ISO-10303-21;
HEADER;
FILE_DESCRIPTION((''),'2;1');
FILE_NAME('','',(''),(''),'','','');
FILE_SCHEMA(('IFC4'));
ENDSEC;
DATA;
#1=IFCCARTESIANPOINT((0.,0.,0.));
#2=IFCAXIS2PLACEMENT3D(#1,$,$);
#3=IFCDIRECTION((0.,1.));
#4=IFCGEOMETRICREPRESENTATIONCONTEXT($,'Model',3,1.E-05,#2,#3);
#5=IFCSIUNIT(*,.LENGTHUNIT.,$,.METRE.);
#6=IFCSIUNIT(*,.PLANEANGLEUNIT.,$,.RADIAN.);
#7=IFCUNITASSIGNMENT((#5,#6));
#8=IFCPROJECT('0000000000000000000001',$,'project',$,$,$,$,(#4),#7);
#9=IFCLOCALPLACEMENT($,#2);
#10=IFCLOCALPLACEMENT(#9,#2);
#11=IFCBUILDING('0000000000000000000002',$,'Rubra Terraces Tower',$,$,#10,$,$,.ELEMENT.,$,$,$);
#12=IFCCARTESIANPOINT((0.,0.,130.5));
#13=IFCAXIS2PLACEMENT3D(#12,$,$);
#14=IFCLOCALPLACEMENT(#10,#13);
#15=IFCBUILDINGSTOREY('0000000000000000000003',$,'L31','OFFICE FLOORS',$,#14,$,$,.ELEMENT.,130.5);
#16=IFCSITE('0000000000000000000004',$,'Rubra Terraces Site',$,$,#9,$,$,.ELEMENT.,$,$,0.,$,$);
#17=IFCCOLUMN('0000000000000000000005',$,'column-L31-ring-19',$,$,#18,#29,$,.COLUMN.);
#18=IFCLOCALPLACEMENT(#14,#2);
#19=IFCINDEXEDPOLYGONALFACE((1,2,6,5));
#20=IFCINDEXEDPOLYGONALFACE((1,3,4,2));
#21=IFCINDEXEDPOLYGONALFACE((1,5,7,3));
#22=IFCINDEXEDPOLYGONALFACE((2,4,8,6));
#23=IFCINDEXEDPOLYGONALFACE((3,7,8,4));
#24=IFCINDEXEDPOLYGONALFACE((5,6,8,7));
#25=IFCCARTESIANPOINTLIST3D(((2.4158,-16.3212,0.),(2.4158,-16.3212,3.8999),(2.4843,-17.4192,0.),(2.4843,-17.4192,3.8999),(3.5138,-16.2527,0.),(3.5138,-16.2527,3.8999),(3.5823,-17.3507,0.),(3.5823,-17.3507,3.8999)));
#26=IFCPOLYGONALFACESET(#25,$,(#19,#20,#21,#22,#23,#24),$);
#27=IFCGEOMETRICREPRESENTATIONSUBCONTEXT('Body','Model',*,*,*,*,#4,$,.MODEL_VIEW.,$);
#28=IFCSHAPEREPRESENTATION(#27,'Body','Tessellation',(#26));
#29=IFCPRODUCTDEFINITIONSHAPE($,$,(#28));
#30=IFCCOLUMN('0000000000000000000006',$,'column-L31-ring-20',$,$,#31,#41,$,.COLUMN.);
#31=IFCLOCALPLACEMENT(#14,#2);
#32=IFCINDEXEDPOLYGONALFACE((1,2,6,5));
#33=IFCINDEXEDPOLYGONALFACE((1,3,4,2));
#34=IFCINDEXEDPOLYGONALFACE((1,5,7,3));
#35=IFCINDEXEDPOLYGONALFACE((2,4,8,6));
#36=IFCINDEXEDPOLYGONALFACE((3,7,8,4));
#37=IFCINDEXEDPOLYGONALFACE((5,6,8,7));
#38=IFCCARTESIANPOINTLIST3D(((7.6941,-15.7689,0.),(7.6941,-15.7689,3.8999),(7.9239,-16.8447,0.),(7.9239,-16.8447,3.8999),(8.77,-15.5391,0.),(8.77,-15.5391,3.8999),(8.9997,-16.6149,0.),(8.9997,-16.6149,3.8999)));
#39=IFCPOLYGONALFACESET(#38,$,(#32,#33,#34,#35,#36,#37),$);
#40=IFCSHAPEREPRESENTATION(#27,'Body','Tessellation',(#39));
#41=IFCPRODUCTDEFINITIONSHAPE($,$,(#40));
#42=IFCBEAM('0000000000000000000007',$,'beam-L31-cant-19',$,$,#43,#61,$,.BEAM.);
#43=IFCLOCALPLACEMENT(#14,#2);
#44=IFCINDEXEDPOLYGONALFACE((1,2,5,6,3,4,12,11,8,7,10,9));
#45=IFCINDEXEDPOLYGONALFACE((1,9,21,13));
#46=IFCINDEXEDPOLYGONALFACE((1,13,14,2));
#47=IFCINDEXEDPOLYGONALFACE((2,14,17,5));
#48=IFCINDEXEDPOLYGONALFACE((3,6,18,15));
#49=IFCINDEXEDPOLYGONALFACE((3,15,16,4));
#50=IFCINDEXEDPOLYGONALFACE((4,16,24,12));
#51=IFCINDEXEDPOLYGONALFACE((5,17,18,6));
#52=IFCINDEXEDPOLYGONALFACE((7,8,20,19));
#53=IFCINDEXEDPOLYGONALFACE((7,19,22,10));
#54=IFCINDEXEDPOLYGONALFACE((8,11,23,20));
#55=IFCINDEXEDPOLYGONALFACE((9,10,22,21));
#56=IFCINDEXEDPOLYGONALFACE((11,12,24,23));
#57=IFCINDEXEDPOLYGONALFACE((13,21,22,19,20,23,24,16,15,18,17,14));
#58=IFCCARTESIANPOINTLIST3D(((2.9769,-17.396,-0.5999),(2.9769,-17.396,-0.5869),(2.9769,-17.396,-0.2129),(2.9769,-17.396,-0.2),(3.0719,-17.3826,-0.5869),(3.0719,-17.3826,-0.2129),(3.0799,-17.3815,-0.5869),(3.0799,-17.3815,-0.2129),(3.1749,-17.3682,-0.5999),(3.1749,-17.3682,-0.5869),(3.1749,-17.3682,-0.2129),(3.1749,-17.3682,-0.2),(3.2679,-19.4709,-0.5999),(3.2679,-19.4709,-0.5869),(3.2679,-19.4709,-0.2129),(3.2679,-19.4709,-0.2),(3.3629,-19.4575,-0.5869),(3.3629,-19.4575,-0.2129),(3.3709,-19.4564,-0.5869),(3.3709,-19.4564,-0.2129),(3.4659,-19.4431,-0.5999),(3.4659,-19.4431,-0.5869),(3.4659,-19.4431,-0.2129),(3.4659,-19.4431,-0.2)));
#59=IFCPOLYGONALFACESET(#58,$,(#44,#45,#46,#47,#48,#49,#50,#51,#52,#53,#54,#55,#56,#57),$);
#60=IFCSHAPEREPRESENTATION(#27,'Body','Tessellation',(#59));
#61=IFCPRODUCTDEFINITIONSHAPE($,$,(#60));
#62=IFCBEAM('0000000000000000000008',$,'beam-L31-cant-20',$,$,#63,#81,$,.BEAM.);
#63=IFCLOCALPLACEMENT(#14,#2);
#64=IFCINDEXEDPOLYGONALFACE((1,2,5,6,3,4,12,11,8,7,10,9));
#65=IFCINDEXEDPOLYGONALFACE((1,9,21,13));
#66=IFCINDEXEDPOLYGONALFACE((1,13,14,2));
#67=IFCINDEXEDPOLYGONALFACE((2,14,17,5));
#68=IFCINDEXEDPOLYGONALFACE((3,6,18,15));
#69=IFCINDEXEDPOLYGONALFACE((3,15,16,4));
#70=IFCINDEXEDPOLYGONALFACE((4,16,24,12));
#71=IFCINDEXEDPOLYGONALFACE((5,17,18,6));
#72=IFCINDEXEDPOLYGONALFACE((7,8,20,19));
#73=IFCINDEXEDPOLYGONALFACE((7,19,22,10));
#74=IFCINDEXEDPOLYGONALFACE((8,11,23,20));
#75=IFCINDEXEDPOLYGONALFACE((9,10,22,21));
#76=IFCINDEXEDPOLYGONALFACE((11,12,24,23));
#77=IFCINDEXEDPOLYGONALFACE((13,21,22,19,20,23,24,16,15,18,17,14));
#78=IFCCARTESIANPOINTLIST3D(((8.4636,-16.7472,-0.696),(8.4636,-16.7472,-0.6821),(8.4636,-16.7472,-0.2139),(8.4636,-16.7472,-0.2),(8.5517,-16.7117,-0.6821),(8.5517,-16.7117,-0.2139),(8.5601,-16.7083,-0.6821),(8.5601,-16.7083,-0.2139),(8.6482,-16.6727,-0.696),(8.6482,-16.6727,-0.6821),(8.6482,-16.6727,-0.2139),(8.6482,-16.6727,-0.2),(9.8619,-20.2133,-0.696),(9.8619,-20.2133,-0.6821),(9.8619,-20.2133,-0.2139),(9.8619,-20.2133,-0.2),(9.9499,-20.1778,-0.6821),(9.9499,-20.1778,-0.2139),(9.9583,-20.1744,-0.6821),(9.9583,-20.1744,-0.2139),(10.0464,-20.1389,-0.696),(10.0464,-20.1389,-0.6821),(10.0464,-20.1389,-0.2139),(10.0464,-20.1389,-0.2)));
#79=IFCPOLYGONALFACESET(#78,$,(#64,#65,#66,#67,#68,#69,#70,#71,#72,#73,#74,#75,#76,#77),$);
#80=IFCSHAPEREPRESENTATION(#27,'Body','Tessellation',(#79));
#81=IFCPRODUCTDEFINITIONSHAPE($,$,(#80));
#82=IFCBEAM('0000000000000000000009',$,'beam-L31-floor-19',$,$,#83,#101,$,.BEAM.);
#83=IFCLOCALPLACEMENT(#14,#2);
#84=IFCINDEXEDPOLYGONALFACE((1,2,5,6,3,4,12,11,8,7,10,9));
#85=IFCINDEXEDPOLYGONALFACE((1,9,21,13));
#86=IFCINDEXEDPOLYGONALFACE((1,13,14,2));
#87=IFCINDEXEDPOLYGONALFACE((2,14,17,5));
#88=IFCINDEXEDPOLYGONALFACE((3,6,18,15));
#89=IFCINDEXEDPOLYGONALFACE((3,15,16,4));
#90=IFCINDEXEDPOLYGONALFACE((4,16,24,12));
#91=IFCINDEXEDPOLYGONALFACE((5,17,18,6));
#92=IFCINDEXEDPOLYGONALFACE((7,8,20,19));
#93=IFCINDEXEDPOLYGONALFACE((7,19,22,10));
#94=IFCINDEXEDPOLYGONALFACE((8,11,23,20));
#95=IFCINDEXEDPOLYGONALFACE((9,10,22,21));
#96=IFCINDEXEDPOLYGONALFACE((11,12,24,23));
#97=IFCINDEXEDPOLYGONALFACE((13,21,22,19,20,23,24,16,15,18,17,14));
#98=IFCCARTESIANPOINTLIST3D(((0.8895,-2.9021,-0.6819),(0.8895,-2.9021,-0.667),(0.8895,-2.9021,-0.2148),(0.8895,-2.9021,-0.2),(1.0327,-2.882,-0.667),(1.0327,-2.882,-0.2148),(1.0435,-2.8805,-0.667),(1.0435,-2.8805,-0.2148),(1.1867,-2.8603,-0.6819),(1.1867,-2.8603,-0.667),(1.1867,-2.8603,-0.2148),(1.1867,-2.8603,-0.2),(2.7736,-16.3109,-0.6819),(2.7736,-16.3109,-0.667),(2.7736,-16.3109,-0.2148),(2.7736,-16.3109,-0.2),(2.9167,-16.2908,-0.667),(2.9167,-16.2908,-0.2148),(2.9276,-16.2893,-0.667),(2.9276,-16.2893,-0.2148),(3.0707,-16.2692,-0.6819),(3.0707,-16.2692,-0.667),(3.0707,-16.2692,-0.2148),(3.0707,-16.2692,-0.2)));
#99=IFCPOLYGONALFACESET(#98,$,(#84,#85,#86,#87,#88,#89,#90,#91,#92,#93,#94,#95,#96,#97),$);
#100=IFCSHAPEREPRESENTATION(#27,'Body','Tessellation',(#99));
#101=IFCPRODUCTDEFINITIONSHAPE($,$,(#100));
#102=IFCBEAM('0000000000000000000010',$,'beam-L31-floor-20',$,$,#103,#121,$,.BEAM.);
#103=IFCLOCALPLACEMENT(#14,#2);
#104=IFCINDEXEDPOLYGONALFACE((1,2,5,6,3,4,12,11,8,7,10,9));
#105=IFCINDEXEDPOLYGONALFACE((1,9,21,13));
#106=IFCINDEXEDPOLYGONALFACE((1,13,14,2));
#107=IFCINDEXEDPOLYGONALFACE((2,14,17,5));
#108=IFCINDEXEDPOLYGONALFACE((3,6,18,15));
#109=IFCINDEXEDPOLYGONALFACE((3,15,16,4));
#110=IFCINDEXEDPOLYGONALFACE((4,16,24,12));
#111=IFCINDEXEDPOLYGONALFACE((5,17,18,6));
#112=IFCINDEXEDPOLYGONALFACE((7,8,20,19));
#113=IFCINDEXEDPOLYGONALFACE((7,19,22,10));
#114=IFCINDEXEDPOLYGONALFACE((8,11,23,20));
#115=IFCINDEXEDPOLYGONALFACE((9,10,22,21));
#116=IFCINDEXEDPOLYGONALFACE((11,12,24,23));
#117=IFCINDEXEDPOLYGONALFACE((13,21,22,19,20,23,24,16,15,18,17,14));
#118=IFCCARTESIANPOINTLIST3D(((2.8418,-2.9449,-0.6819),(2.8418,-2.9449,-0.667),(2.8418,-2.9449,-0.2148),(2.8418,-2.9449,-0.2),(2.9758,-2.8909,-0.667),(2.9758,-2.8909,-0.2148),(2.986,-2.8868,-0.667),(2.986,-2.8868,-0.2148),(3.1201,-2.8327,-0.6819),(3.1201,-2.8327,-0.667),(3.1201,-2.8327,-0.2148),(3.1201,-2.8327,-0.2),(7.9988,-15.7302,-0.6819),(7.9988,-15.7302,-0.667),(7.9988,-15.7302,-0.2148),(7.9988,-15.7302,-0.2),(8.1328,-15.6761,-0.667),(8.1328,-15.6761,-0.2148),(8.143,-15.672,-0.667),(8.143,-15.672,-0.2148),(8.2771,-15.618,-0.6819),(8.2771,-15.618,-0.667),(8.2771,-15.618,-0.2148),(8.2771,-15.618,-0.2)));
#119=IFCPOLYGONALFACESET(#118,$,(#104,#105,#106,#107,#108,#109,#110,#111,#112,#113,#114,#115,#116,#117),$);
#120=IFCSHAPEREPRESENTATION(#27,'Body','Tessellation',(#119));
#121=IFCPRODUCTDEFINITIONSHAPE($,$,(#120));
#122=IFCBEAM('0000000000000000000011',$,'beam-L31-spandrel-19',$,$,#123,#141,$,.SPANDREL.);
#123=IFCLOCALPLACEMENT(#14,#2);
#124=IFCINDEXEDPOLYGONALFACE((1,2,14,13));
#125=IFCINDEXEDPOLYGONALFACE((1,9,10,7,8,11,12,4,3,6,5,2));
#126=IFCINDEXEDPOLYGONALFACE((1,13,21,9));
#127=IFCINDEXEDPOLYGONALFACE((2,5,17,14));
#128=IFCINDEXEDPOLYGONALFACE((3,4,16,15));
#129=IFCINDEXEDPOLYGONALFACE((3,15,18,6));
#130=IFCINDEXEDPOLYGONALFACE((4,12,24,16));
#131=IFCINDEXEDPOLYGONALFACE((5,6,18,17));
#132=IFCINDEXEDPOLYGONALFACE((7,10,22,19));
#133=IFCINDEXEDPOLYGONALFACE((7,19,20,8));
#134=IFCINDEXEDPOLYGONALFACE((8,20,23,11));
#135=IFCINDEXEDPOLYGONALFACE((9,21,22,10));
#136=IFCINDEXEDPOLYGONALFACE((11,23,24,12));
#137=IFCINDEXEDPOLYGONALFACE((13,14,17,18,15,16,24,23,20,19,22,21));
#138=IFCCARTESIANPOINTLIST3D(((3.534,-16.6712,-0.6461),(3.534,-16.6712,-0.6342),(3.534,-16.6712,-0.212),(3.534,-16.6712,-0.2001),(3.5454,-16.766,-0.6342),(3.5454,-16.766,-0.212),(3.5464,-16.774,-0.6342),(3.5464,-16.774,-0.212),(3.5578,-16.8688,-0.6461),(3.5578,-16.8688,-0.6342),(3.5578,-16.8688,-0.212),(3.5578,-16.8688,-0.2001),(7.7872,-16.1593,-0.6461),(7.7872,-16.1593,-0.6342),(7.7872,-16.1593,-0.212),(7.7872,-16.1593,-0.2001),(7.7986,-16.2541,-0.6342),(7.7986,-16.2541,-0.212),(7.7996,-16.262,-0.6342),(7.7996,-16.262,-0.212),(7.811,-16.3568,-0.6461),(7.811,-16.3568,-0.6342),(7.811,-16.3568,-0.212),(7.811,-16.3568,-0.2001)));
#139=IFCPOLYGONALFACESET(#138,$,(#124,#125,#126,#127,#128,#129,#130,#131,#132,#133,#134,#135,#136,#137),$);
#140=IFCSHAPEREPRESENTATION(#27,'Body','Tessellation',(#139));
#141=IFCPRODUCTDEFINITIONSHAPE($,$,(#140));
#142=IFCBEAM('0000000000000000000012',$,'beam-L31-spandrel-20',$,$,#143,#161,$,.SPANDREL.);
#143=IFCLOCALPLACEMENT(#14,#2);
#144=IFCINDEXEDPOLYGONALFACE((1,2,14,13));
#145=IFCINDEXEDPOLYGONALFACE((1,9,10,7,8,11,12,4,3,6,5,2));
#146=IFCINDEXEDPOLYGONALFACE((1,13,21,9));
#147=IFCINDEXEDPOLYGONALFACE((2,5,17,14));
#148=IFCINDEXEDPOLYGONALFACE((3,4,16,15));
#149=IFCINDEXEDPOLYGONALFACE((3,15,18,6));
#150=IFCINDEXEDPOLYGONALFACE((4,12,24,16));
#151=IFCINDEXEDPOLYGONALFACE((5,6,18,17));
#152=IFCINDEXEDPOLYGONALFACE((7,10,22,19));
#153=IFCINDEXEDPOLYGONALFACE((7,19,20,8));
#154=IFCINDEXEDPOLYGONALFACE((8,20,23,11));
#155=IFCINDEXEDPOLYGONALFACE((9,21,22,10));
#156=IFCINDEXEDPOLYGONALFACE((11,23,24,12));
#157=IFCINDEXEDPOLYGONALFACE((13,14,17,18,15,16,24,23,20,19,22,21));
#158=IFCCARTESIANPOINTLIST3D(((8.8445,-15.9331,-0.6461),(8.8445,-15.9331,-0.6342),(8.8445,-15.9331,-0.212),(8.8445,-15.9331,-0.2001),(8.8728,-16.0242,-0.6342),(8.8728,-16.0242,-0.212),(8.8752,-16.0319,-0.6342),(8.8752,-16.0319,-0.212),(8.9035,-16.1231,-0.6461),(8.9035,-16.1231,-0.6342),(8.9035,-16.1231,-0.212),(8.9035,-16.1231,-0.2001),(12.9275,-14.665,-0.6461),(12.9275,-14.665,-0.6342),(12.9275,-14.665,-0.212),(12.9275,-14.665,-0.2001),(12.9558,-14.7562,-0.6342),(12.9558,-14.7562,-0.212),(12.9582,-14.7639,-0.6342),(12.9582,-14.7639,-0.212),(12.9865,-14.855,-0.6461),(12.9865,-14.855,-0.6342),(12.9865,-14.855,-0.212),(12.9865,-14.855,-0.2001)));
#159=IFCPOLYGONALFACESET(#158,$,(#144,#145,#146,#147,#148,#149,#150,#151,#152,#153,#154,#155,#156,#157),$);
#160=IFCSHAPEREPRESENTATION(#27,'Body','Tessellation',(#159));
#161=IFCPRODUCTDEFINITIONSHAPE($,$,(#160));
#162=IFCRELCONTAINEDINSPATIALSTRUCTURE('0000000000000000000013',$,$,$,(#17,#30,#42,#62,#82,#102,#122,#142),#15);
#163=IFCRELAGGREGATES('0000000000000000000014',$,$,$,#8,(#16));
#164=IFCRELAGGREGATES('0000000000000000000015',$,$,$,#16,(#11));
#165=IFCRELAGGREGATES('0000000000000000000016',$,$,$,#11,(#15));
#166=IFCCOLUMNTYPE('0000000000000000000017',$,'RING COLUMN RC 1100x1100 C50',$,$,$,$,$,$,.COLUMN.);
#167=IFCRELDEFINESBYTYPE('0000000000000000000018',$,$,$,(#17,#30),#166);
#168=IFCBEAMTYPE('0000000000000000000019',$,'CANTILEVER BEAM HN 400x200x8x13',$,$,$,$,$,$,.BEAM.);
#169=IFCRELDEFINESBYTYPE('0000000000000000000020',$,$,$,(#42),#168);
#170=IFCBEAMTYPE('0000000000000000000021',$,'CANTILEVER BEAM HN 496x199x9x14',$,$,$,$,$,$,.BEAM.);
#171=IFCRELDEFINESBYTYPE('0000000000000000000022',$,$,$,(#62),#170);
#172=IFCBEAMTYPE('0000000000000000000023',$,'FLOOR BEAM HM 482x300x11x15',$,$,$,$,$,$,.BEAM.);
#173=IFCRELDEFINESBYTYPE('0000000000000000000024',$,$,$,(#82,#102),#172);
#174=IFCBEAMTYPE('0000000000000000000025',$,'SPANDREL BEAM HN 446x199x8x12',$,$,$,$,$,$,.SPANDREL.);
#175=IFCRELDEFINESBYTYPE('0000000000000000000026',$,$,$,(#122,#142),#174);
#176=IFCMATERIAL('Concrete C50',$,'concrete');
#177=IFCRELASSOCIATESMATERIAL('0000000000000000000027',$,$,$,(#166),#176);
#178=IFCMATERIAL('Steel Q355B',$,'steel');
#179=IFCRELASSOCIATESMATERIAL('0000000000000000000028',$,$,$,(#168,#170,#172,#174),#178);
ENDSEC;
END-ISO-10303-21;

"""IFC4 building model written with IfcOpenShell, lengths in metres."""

from ifc_helpers import new_model, si_unit, direction, frame, origin, origin_2d, place, context, subcontext, project, spatial, rectangle, i_section, extrude, material, material_profile, profile_set, type_object, element, save


model = new_model("IFC4")

# Units and contexts
model_context = context("Model", 3, precision=1e-05, world=origin(), true_north=direction((0.0, 1.0)))
body_context = subcontext(model_context, "Body", "Model", "MODEL_VIEW")
ifc_project = project(units=[si_unit("LENGTHUNIT", "METRE"), si_unit("PLANEANGLEUNIT", "RADIAN")], contexts=[model_context])

# Site, building, storey
site_placement = place(None, origin())
site = spatial("IfcSite", under=ifc_project, at=site_placement, Name="Rubra Terraces Site", CompositionType="ELEMENT", RefElevation=0.0)
building_placement = place(site_placement, origin())
building = spatial("IfcBuilding", under=site, at=building_placement, Name="Rubra Terraces Tower", CompositionType="ELEMENT")
storey_placement = place(building_placement, frame((0.0, 0.0, 130.5)))
storey = spatial("IfcBuildingStorey", under=building, at=storey_placement, Name="L31", Description="OFFICE FLOORS", CompositionType="ELEMENT", Elevation=130.5)

# Columns
ifc_material_1 = material(Name="Concrete C50", Category="concrete")
ifc_material_profile_1 = material_profile(ifc_material_1, rectangle(XDim=1.1001, YDim=1.1001, at=origin_2d()), Name="RC 1100x1100")
ifc_profile_set_1 = profile_set([ifc_material_profile_1], Name="Concrete C50")
column_type = type_object("IfcColumnType", Name="RING COLUMN RC 1100x1100 C50", PredefinedType="COLUMN", material=ifc_profile_set_1)
for number, where, z_axis, x_axis, name in (
    (1, (2.999, -16.8359, 0.0), (0.0, 0.0, 1.0), (0.998059, 0.062268, 0.0), "column-L31-ring-19"),
    (2, (8.3469, -16.1919, 0.0), (0.0, 0.0, 1.0), (0.977944, 0.208867, 0.0), "column-L31-ring-20"),
):
    element("IfcColumn", number, at=place(storey_placement, frame(where, z_axis=z_axis, x_axis=x_axis)), inside=storey, type_object=column_type, Name=name, PredefinedType="COLUMN", context=body_context, shape_type="SweptSolid", body=[
        extrude(rectangle(XDim=1.1001, YDim=1.1001, at=origin_2d()), origin(), (0.0, 0.0, 1.0), 3.8999),
    ])

# Beams
ifc_material_2 = material(Name="Steel Q355B", Category="steel")
ifc_material_profile_2 = material_profile(ifc_material_2, i_section(OverallWidth=0.2, OverallDepth=0.3999, WebThickness=0.0081, FlangeThickness=0.0129, at=origin_2d()), Name="HN 400x200x8x13")
ifc_profile_set_2 = profile_set([ifc_material_profile_2], Name="Steel Q355B")
beam_type_1 = type_object("IfcBeamType", Name="CANTILEVER BEAM HN 400x200x8x13", PredefinedType="BEAM", material=ifc_profile_set_2)
beam_1_placement = place(storey_placement, frame((3.0759, -17.3821, -0.3999), z_axis=(0.138892, -0.990307, 0.0), x_axis=(0.990307, 0.138892, 0.0)))
element("IfcBeam", 3, at=beam_1_placement, inside=storey, type_object=beam_type_1, Name="beam-L31-cant-19", PredefinedType="BEAM", context=body_context, shape_type="SweptSolid", body=[
    extrude(i_section(OverallWidth=0.2, OverallDepth=0.3999, WebThickness=0.0081, FlangeThickness=0.0129, at=origin_2d()), origin(), (0.0, 0.0, 1.0), 2.0952),
])
ifc_material_profile_3 = material_profile(ifc_material_2, i_section(OverallWidth=0.199, OverallDepth=0.4961, WebThickness=0.009, FlangeThickness=0.0139, at=origin_2d()), Name="HN 496x199x9x14")
ifc_profile_set_3 = profile_set([ifc_material_profile_3], Name="Steel Q355B")
beam_type_2 = type_object("IfcBeamType", Name="CANTILEVER BEAM HN 496x199x9x14", PredefinedType="BEAM", material=ifc_profile_set_3)
beam_2_placement = place(storey_placement, frame((8.5559, -16.71, -0.448), z_axis=(0.374103, -0.927387, 0.0), x_axis=(0.927387, 0.374103, 0.0)))
element("IfcBeam", 4, at=beam_2_placement, inside=storey, type_object=beam_type_2, Name="beam-L31-cant-20", PredefinedType="BEAM", context=body_context, shape_type="SweptSolid", body=[
    extrude(i_section(OverallWidth=0.199, OverallDepth=0.4961, WebThickness=0.009, FlangeThickness=0.0139, at=origin_2d()), origin(), (0.0, 0.0, 1.0), 3.7375),
])
ifc_material_profile_4 = material_profile(ifc_material_2, i_section(OverallWidth=0.3, OverallDepth=0.4819, WebThickness=0.011, FlangeThickness=0.0149, at=origin_2d()), Name="HM 482x300x11x15")
ifc_profile_set_4 = profile_set([ifc_material_profile_4], Name="Steel Q355B")
beam_type_3 = type_object("IfcBeamType", Name="FLOOR BEAM HM 482x300x11x15", PredefinedType="BEAM", material=ifc_profile_set_4)
beam_3_placement = place(storey_placement, frame((2.9221, -16.29, -0.4409), z_axis=(-0.139139, 0.990273, 0.0), x_axis=(-0.990273, -0.139139, 0.0)))
element("IfcBeam", 5, at=beam_3_placement, inside=storey, type_object=beam_type_3, Name="beam-L31-floor-19", PredefinedType="BEAM", context=body_context, shape_type="SweptSolid", body=[
    extrude(i_section(OverallWidth=0.3, OverallDepth=0.4819, WebThickness=0.011, FlangeThickness=0.0149, at=origin_2d()), origin(), (0.0, 0.0, 1.0), 13.5405),
])
beam_4_placement = place(storey_placement, frame((8.1379, -15.6741, -0.4409), z_axis=(-0.374073, 0.927399, 0.0), x_axis=(-0.927399, -0.374073, 0.0)))
element("IfcBeam", 6, at=beam_4_placement, inside=storey, type_object=beam_type_3, Name="beam-L31-floor-20", PredefinedType="BEAM", context=body_context, shape_type="SweptSolid", body=[
    extrude(i_section(OverallWidth=0.3, OverallDepth=0.4819, WebThickness=0.011, FlangeThickness=0.0149, at=origin_2d()), origin(), (0.0, 0.0, 1.0), 13.7861),
])
ifc_material_profile_5 = material_profile(ifc_material_2, i_section(OverallWidth=0.199, OverallDepth=0.446, WebThickness=0.0081, FlangeThickness=0.012, at=origin_2d()), Name="HN 446x199x8x12")
ifc_profile_set_5 = profile_set([ifc_material_profile_5], Name="Steel Q355B")
beam_type_4 = type_object("IfcBeamType", Name="SPANDREL BEAM HN 446x199x8x12", PredefinedType="SPANDREL", material=ifc_profile_set_5)
beam_5_placement = place(storey_placement, frame((3.5459, -16.77, -0.4231), z_axis=(0.992833, 0.119509, 0.0), x_axis=(-0.119509, 0.992833, 0.0)))
element("IfcBeam", 7, at=beam_5_placement, inside=storey, type_object=beam_type_4, Name="beam-L31-spandrel-19", PredefinedType="SPANDREL", context=body_context, shape_type="SweptSolid", body=[
    extrude(i_section(OverallWidth=0.199, OverallDepth=0.446, WebThickness=0.0081, FlangeThickness=0.012, at=origin_2d()), origin(), (0.0, 0.0, 1.0), 4.2839),
])
beam_6_placement = place(storey_placement, frame((8.874, -16.0281, -0.4231), z_axis=(0.955003, 0.296597, 0.0), x_axis=(-0.296597, 0.955003, 0.0)))
element("IfcBeam", 8, at=beam_6_placement, inside=storey, type_object=beam_type_4, Name="beam-L31-spandrel-20", PredefinedType="SPANDREL", context=body_context, shape_type="SweptSolid", body=[
    extrude(i_section(OverallWidth=0.199, OverallDepth=0.446, WebThickness=0.0081, FlangeThickness=0.012, at=origin_2d()), origin(), (0.0, 0.0, 1.0), 4.2754),
])

save(model, "model.ifc")
